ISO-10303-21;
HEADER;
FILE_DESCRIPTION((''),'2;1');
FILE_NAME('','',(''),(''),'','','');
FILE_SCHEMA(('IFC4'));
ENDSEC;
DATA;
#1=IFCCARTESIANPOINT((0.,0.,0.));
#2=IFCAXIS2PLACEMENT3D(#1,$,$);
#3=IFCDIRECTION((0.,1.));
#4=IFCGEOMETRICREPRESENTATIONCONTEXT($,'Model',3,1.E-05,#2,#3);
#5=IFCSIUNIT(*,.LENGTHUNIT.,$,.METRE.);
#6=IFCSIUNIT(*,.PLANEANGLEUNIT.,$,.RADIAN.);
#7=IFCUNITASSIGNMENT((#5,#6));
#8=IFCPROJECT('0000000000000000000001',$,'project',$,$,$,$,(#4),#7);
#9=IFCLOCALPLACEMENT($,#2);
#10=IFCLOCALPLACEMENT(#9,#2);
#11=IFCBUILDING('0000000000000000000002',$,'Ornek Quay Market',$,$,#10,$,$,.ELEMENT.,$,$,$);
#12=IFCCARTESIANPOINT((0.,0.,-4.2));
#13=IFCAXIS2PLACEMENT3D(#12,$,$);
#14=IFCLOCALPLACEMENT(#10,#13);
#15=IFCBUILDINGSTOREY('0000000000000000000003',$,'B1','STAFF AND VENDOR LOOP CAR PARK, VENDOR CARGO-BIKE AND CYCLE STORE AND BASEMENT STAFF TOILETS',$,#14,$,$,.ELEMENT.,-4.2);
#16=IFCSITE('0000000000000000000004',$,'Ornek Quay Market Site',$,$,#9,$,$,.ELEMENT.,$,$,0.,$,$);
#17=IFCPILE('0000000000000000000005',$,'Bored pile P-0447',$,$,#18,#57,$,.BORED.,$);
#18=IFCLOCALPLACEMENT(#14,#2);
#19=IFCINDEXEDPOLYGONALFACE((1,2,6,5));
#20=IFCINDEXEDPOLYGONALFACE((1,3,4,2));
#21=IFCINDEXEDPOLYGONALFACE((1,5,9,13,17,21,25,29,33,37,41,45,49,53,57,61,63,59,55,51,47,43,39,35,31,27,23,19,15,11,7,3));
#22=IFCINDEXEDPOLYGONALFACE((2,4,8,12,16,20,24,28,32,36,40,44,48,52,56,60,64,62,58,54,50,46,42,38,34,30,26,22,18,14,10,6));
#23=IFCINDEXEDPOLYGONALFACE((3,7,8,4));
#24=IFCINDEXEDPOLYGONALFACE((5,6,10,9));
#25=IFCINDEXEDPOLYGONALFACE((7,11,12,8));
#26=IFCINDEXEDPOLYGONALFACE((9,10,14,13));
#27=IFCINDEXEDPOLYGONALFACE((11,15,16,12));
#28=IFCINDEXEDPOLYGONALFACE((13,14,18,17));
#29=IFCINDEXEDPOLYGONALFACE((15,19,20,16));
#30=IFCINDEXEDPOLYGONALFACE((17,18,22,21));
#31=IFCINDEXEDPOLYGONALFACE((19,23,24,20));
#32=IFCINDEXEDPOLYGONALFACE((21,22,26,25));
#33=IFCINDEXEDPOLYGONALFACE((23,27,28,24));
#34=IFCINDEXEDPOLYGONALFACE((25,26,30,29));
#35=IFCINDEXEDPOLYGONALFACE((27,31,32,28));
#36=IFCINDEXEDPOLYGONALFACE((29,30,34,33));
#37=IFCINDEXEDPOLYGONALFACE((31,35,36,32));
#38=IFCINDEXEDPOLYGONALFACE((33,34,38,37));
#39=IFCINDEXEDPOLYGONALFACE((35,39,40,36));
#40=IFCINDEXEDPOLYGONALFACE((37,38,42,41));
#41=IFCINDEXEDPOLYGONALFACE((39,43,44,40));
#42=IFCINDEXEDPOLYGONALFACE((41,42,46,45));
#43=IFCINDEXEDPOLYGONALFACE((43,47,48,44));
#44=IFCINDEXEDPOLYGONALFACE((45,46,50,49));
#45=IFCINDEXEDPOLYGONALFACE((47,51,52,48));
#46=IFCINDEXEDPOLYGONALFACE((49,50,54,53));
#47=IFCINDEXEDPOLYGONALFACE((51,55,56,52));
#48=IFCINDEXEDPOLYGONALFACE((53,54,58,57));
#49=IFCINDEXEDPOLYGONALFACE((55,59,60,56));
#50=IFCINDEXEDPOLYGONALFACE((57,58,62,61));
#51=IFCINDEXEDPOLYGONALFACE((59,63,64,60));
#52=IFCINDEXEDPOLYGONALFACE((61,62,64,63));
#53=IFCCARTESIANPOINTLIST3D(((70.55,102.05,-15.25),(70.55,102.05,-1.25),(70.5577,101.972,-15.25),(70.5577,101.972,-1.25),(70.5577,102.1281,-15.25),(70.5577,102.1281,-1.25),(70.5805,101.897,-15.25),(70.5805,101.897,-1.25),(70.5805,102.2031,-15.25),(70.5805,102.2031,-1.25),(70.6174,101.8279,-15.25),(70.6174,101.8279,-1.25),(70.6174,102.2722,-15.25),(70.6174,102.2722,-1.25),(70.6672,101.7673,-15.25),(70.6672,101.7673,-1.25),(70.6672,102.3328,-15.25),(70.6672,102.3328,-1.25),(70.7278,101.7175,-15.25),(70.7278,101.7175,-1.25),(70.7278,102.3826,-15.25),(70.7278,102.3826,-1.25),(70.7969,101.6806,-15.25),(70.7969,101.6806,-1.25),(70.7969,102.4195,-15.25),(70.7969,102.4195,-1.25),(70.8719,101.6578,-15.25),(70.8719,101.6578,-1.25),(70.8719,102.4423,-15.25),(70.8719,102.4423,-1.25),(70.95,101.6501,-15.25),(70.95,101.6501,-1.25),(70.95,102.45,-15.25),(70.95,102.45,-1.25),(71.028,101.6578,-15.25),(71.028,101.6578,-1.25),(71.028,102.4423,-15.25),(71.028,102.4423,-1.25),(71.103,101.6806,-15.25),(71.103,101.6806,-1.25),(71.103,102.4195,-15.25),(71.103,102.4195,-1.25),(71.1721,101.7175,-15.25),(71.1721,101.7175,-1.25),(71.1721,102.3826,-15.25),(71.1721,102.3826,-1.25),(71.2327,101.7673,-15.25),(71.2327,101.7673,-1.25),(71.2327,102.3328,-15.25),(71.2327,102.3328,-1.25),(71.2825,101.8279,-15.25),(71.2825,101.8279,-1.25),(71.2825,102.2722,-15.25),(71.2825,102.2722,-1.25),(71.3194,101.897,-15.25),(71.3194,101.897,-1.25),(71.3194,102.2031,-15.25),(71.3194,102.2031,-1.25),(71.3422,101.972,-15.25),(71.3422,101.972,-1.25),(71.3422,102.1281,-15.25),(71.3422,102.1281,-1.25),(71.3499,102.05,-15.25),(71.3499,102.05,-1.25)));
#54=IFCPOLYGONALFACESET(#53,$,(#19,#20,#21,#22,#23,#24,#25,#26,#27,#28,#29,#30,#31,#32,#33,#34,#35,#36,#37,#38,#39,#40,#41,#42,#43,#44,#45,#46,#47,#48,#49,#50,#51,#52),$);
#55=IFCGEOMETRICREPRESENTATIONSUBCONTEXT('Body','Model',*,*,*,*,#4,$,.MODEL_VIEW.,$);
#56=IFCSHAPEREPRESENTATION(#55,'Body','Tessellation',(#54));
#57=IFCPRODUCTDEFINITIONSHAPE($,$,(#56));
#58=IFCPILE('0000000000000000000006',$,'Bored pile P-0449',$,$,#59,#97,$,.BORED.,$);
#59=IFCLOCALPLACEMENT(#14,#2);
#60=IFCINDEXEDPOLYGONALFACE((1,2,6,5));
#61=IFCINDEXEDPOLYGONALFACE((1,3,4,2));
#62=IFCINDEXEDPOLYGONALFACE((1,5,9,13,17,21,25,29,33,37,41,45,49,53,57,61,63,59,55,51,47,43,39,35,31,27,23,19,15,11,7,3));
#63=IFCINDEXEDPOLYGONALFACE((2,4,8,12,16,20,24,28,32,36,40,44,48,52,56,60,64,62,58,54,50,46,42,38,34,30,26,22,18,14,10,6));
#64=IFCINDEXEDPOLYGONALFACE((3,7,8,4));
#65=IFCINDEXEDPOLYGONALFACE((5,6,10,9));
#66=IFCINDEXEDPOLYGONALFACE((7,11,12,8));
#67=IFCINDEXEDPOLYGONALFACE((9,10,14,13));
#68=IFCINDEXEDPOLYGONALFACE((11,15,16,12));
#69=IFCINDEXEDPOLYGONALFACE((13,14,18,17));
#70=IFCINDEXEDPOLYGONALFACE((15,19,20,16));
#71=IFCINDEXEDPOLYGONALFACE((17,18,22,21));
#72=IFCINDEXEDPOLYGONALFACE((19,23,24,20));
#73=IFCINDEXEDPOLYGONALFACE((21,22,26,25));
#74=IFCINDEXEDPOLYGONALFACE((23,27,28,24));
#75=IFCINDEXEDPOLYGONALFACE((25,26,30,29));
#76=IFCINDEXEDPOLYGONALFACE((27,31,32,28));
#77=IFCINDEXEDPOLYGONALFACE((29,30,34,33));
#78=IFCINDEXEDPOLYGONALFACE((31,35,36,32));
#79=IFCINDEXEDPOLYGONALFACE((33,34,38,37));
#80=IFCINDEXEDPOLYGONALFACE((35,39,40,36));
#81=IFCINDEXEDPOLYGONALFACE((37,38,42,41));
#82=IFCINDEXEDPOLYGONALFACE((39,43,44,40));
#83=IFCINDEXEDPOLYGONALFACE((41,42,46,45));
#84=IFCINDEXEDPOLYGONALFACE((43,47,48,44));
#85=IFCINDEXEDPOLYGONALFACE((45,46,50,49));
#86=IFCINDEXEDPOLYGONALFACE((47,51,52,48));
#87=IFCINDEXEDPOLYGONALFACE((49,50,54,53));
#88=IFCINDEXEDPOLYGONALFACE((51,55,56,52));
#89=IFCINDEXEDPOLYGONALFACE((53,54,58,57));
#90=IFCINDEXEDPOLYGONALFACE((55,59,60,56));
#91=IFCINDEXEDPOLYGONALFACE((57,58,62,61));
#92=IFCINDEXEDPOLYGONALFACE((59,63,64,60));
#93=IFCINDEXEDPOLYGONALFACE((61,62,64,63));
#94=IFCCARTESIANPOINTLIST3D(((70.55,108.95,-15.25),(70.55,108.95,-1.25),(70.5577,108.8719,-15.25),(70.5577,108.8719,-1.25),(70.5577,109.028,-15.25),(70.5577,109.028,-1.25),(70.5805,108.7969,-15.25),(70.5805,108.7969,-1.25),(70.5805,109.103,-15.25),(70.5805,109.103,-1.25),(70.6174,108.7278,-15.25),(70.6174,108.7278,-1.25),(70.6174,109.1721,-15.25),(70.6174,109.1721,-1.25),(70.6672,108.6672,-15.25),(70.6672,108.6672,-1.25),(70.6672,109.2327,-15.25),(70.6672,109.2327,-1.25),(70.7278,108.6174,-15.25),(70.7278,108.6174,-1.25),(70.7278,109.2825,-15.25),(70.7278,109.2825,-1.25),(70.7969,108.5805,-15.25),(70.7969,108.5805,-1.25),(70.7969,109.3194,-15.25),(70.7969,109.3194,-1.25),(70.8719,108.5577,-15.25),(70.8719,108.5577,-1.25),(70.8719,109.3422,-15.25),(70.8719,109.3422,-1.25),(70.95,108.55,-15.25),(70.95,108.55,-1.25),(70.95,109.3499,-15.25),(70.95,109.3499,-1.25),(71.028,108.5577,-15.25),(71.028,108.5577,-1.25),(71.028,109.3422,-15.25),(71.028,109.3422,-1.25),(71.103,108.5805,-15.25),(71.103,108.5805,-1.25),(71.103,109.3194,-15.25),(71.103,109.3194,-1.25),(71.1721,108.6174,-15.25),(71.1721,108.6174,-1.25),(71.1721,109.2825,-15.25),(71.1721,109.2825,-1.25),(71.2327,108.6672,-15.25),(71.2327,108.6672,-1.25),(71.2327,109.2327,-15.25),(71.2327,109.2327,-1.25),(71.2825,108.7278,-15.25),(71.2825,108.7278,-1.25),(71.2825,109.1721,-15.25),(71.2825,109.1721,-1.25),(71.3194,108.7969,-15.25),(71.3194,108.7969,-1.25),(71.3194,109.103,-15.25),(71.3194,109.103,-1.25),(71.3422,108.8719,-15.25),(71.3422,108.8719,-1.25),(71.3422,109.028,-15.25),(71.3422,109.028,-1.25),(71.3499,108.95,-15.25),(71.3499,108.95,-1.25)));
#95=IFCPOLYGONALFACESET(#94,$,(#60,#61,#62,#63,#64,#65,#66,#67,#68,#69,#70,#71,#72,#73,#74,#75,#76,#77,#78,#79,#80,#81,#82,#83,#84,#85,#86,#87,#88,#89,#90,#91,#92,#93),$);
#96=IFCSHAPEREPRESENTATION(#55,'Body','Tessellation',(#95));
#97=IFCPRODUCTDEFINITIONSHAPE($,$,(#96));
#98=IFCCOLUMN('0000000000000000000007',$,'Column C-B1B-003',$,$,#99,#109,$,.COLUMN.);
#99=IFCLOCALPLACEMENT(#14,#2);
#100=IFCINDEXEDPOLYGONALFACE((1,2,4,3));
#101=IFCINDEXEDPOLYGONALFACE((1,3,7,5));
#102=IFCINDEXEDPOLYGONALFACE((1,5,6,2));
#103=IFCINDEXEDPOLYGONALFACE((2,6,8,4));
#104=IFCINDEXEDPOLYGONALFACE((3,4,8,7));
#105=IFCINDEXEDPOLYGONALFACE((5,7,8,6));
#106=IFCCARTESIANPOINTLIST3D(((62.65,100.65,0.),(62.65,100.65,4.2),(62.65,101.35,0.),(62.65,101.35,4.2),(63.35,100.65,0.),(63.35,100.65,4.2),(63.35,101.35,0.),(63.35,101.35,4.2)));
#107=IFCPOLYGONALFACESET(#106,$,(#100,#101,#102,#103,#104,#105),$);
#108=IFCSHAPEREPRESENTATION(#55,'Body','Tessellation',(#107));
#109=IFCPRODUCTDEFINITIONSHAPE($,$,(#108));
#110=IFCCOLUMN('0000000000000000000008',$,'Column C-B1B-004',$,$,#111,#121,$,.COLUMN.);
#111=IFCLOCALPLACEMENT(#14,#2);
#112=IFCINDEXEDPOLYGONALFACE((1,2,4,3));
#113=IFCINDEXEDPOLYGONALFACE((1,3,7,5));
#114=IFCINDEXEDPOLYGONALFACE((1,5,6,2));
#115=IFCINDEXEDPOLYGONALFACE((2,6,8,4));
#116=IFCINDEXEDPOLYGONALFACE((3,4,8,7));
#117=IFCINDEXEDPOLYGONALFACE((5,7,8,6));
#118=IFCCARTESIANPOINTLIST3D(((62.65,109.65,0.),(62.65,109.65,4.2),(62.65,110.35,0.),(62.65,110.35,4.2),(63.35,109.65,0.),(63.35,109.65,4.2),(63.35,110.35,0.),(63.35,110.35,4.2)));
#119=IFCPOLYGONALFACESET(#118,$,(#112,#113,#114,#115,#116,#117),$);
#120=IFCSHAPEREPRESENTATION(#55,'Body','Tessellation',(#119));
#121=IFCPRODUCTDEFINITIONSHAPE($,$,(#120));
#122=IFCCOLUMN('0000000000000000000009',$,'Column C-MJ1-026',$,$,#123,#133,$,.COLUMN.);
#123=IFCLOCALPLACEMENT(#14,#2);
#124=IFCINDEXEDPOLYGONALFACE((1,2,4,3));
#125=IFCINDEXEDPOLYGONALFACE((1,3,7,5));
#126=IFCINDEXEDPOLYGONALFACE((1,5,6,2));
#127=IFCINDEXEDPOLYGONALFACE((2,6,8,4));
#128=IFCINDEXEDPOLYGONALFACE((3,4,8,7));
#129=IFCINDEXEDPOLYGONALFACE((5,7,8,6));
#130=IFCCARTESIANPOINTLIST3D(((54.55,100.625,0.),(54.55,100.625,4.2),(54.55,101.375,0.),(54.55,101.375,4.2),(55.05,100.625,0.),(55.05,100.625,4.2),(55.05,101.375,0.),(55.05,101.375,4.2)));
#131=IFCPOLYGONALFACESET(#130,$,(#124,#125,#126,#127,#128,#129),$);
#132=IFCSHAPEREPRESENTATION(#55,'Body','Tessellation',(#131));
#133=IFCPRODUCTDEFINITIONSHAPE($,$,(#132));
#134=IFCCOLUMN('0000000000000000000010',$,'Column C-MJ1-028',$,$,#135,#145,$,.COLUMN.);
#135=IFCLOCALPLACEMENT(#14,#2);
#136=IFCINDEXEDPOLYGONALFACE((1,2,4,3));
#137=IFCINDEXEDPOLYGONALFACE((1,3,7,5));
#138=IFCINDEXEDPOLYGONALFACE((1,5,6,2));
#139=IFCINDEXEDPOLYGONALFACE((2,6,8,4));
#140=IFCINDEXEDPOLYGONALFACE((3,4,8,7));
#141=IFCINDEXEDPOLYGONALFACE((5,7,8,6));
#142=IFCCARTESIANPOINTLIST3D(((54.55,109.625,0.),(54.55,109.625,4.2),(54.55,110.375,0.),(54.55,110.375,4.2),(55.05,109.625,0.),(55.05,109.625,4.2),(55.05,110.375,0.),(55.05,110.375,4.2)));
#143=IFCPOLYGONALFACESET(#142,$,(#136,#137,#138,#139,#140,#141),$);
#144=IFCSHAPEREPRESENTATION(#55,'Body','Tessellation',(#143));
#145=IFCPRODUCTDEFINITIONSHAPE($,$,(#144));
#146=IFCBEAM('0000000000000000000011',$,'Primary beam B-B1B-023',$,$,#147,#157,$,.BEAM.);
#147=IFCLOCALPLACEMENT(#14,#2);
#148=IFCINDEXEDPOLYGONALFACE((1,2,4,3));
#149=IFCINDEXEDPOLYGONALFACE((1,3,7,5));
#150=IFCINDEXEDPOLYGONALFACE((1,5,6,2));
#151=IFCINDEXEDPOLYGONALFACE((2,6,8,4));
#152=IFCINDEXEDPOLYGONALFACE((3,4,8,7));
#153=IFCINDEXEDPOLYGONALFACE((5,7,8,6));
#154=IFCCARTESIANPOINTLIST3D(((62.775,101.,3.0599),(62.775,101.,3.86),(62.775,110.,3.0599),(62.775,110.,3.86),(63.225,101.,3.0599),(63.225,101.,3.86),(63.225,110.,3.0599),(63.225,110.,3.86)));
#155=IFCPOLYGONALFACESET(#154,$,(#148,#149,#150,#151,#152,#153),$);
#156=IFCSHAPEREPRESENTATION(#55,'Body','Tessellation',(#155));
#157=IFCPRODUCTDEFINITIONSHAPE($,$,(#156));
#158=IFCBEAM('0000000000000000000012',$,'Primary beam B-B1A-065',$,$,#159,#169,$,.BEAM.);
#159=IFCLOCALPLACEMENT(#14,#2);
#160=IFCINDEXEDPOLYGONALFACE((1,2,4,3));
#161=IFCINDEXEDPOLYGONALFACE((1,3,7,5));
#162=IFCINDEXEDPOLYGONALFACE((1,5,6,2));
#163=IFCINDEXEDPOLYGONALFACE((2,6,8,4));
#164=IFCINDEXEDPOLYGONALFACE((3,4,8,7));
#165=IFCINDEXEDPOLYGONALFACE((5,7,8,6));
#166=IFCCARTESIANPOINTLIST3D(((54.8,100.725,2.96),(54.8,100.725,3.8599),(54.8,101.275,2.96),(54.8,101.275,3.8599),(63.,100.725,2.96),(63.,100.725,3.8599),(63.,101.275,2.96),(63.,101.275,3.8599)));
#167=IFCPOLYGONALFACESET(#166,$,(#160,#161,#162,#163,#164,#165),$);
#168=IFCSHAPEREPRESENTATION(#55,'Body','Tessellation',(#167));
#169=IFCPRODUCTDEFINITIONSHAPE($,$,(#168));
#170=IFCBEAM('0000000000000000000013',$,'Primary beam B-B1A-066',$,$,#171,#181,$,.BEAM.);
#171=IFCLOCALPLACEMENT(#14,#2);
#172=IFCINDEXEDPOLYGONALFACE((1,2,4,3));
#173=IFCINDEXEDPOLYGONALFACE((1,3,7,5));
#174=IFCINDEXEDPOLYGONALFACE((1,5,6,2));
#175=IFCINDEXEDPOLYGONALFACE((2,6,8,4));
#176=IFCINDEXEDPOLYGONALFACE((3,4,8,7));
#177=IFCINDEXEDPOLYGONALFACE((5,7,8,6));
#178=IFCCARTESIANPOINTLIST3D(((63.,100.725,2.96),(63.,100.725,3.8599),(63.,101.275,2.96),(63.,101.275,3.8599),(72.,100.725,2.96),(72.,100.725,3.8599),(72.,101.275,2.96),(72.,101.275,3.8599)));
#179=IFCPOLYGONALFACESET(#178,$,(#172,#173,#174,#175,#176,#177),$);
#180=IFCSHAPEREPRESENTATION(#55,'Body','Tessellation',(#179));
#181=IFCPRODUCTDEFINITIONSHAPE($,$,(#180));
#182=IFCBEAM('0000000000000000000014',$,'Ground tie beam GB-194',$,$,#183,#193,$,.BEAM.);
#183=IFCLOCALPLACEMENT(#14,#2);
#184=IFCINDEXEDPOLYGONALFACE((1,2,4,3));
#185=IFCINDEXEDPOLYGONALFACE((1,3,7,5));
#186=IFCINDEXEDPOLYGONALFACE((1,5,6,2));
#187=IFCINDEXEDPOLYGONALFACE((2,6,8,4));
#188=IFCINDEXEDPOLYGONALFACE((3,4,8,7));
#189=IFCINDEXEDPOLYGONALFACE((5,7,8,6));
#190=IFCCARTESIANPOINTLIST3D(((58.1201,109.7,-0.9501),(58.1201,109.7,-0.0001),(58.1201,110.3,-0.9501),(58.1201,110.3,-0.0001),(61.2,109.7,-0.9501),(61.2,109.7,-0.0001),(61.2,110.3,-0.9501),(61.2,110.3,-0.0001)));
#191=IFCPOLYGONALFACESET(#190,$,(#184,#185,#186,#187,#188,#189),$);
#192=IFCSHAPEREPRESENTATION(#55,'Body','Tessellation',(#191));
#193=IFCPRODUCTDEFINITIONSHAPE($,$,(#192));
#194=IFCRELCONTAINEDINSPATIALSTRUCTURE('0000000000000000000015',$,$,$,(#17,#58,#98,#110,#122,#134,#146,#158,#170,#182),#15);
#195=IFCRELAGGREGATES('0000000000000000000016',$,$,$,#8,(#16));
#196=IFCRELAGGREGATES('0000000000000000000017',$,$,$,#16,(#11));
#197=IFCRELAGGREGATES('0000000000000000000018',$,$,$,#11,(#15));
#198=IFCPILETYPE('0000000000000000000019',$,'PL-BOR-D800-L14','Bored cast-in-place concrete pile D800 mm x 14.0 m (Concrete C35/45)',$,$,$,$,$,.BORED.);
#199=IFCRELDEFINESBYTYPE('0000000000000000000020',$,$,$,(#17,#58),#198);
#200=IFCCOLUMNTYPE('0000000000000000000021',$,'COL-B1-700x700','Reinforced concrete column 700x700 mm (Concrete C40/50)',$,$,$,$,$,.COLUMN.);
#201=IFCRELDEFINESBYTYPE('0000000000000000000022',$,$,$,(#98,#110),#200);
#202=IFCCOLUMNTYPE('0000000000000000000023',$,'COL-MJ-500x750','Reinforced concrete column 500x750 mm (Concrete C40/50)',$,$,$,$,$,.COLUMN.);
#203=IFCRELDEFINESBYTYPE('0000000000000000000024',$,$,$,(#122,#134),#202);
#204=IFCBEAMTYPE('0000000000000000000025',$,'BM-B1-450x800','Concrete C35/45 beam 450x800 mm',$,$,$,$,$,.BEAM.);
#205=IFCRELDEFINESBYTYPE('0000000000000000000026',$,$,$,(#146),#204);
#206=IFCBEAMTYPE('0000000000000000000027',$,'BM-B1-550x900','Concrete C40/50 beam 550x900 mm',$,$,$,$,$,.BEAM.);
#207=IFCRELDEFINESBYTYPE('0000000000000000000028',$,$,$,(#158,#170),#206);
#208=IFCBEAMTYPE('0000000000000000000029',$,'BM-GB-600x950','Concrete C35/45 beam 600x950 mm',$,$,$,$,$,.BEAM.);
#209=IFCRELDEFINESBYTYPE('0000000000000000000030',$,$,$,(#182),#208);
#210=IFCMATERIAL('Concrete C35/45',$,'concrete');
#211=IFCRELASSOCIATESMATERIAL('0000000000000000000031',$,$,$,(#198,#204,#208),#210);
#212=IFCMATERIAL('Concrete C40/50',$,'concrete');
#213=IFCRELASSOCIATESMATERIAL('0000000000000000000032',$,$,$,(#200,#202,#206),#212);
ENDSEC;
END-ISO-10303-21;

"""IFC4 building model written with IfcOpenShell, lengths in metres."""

from ifc_helpers import new_model, si_unit, direction, frame, origin, origin_2d, place, context, subcontext, project, spatial, rectangle, circle, extrude, material, material_profile, profile_set, type_object, element, save


model = new_model("IFC4")

# Units and contexts
model_context = context("Model", 3, precision=1e-05, world=origin(), true_north=direction((0.0, 1.0)))
body_context = subcontext(model_context, "Body", "Model", "MODEL_VIEW")
ifc_project = project(units=[si_unit("LENGTHUNIT", "METRE"), si_unit("PLANEANGLEUNIT", "RADIAN")], contexts=[model_context])

# Site, building, storey
site_placement = place(None, origin())
site = spatial("IfcSite", under=ifc_project, at=site_placement, Name="Ornek Quay Market Site", CompositionType="ELEMENT", RefElevation=0.0)
building_placement = place(site_placement, origin())
building = spatial("IfcBuilding", under=site, at=building_placement, Name="Ornek Quay Market", CompositionType="ELEMENT")
storey_placement = place(building_placement, frame((0.0, 0.0, -4.2)))
storey = spatial("IfcBuildingStorey", under=building, at=storey_placement, Name="B1", Description="STAFF AND VENDOR LOOP CAR PARK, VENDOR CARGO-BIKE AND CYCLE STORE AND BASEMENT STAFF TOILETS", CompositionType="ELEMENT", Elevation=-4.2)

# Piles
ifc_material_1 = material(Name="Concrete C35/45", Category="concrete")
ifc_material_profile_1 = material_profile(ifc_material_1, circle(Radius=0.3999, at=origin_2d()), Name="PILE D800", Category="concrete")
ifc_profile_set_1 = profile_set([ifc_material_profile_1], Name="Concrete C35/45")
pile_type_1 = type_object("IfcPileType", Name="PL-BOR-D800-L14", Description="Bored cast-in-place concrete pile D800 mm x 14.0 m (Concrete C35/45)", PredefinedType="BORED", material=ifc_profile_set_1)
for number, where, z_axis, x_axis, name in (
    (1, (70.95, 102.05, -1.25), (0.0, 0.0, -1.0), (1.0, 0.0, 0.0), "Bored pile P-0447"),
    (2, (70.95, 108.95, -1.25), (0.0, 0.0, -1.0), (1.0, 0.0, 0.0), "Bored pile P-0449"),
):
    element("IfcPile", number, at=place(storey_placement, frame(where, z_axis=z_axis, x_axis=x_axis)), inside=storey, type_object=pile_type_1, Name=name, PredefinedType="BORED", context=body_context, shape_type="SweptSolid", body=[
        extrude(circle(Radius=0.3999, at=origin_2d()), origin(), (0.0, 0.0, 1.0), 14.0),
    ])

# Columns
ifc_material_2 = material(Name="Concrete C40/50", Category="concrete")
ifc_material_profile_2 = material_profile(ifc_material_2, rectangle(XDim=0.7, YDim=0.7, at=origin_2d()), Name="RC 700x700", Category="concrete")
ifc_profile_set_2 = profile_set([ifc_material_profile_2], Name="Concrete C40/50")
column_type_1 = type_object("IfcColumnType", Name="COL-B1-700x700", Description="Reinforced concrete column 700x700 mm (Concrete C40/50)", PredefinedType="COLUMN", material=ifc_profile_set_2)
for number, where, z_axis, x_axis, name in (
    (3, (63.0, 101.0, 0.0), (0.0, 0.0, 1.0), (1.0, 0.0, 0.0), "Column C-B1B-003"),
    (4, (63.0, 110.0, 0.0), (0.0, 0.0, 1.0), (1.0, 0.0, 0.0), "Column C-B1B-004"),
):
    element("IfcColumn", number, at=place(storey_placement, frame(where, z_axis=z_axis, x_axis=x_axis)), inside=storey, type_object=column_type_1, Name=name, PredefinedType="COLUMN", context=body_context, shape_type="SweptSolid", body=[
        extrude(rectangle(XDim=0.7, YDim=0.7, at=origin_2d()), origin(), (0.0, 0.0, 1.0), 4.2),
    ])
ifc_material_profile_3 = material_profile(ifc_material_2, rectangle(XDim=0.5, YDim=0.75, at=origin_2d()), Name="RC 500x750", Category="concrete")
ifc_profile_set_3 = profile_set([ifc_material_profile_3], Name="Concrete C40/50")
column_type_2 = type_object("IfcColumnType", Name="COL-MJ-500x750", Description="Reinforced concrete column 500x750 mm (Concrete C40/50)", PredefinedType="COLUMN", material=ifc_profile_set_3)
for number, where, z_axis, x_axis, name in (
    (5, (54.8, 101.0, 0.0), (0.0, 0.0, 1.0), (1.0, 0.0, 0.0), "Column C-MJ1-026"),
    (6, (54.8, 110.0, 0.0), (0.0, 0.0, 1.0), (1.0, 0.0, 0.0), "Column C-MJ1-028"),
):
    element("IfcColumn", number, at=place(storey_placement, frame(where, z_axis=z_axis, x_axis=x_axis)), inside=storey, type_object=column_type_2, Name=name, PredefinedType="COLUMN", context=body_context, shape_type="SweptSolid", body=[
        extrude(rectangle(XDim=0.5, YDim=0.75, at=origin_2d()), origin(), (0.0, 0.0, 1.0), 4.2),
    ])

# Beams
ifc_material_profile_4 = material_profile(ifc_material_1, rectangle(XDim=0.45, YDim=0.8, at=origin_2d()), Name="RC 450x800", Category="concrete")
ifc_profile_set_4 = profile_set([ifc_material_profile_4], Name="Concrete C35/45")
beam_type_1 = type_object("IfcBeamType", Name="BM-B1-450x800", Description="Concrete C35/45 beam 450x800 mm", PredefinedType="BEAM", material=ifc_profile_set_4)
beam_1_placement = place(storey_placement, frame((63.0, 101.0, 3.46), z_axis=(0.0, 1.0, 0.0), x_axis=(-1.0, 0.0, 0.0)))
element("IfcBeam", 7, at=beam_1_placement, inside=storey, type_object=beam_type_1, Name="Primary beam B-B1B-023", PredefinedType="BEAM", context=body_context, shape_type="SweptSolid", body=[
    extrude(rectangle(XDim=0.45, YDim=0.8, at=origin_2d()), origin(), (0.0, 0.0, 1.0), 9.0),
])
ifc_material_profile_5 = material_profile(ifc_material_2, rectangle(XDim=0.55, YDim=0.8999, at=origin_2d()), Name="RC 550x900", Category="concrete")
ifc_profile_set_5 = profile_set([ifc_material_profile_5], Name="Concrete C40/50")
beam_type_2 = type_object("IfcBeamType", Name="BM-B1-550x900", Description="Concrete C40/50 beam 550x900 mm", PredefinedType="BEAM", material=ifc_profile_set_5)
beam_2_placement = place(storey_placement, frame((54.8, 101.0, 3.4099), z_axis=(1.0, 0.0, 0.0), x_axis=(0.0, 1.0, 0.0)))
element("IfcBeam", 8, at=beam_2_placement, inside=storey, type_object=beam_type_2, Name="Primary beam B-B1A-065", PredefinedType="BEAM", context=body_context, shape_type="SweptSolid", body=[
    extrude(rectangle(XDim=0.55, YDim=0.8999, at=origin_2d()), origin(), (0.0, 0.0, 1.0), 8.2),
])
beam_3_placement = place(storey_placement, frame((63.0, 101.0, 3.4099), z_axis=(1.0, 0.0, 0.0), x_axis=(0.0, 1.0, 0.0)))
element("IfcBeam", 9, at=beam_3_placement, inside=storey, type_object=beam_type_2, Name="Primary beam B-B1A-066", PredefinedType="BEAM", context=body_context, shape_type="SweptSolid", body=[
    extrude(rectangle(XDim=0.55, YDim=0.8999, at=origin_2d()), origin(), (0.0, 0.0, 1.0), 9.0),
])
ifc_material_profile_6 = material_profile(ifc_material_1, rectangle(XDim=0.6001, YDim=0.95, at=origin_2d()), Name="RC 600x950", Category="concrete")
ifc_profile_set_6 = profile_set([ifc_material_profile_6], Name="Concrete C35/45")
beam_type_3 = type_object("IfcBeamType", Name="BM-GB-600x950", Description="Concrete C35/45 beam 600x950 mm", PredefinedType="BEAM", material=ifc_profile_set_6)
beam_4_placement = place(storey_placement, frame((58.1201, 110.0, -0.4751), z_axis=(1.0, 0.0, 0.0), x_axis=(0.0, 1.0, 0.0)))
element("IfcBeam", 10, at=beam_4_placement, inside=storey, type_object=beam_type_3, Name="Ground tie beam GB-194", PredefinedType="BEAM", context=body_context, shape_type="SweptSolid", body=[
    extrude(rectangle(XDim=0.6001, YDim=0.95, at=origin_2d()), origin(), (0.0, 0.0, 1.0), 3.0798),
])

save(model, "model.ifc")
